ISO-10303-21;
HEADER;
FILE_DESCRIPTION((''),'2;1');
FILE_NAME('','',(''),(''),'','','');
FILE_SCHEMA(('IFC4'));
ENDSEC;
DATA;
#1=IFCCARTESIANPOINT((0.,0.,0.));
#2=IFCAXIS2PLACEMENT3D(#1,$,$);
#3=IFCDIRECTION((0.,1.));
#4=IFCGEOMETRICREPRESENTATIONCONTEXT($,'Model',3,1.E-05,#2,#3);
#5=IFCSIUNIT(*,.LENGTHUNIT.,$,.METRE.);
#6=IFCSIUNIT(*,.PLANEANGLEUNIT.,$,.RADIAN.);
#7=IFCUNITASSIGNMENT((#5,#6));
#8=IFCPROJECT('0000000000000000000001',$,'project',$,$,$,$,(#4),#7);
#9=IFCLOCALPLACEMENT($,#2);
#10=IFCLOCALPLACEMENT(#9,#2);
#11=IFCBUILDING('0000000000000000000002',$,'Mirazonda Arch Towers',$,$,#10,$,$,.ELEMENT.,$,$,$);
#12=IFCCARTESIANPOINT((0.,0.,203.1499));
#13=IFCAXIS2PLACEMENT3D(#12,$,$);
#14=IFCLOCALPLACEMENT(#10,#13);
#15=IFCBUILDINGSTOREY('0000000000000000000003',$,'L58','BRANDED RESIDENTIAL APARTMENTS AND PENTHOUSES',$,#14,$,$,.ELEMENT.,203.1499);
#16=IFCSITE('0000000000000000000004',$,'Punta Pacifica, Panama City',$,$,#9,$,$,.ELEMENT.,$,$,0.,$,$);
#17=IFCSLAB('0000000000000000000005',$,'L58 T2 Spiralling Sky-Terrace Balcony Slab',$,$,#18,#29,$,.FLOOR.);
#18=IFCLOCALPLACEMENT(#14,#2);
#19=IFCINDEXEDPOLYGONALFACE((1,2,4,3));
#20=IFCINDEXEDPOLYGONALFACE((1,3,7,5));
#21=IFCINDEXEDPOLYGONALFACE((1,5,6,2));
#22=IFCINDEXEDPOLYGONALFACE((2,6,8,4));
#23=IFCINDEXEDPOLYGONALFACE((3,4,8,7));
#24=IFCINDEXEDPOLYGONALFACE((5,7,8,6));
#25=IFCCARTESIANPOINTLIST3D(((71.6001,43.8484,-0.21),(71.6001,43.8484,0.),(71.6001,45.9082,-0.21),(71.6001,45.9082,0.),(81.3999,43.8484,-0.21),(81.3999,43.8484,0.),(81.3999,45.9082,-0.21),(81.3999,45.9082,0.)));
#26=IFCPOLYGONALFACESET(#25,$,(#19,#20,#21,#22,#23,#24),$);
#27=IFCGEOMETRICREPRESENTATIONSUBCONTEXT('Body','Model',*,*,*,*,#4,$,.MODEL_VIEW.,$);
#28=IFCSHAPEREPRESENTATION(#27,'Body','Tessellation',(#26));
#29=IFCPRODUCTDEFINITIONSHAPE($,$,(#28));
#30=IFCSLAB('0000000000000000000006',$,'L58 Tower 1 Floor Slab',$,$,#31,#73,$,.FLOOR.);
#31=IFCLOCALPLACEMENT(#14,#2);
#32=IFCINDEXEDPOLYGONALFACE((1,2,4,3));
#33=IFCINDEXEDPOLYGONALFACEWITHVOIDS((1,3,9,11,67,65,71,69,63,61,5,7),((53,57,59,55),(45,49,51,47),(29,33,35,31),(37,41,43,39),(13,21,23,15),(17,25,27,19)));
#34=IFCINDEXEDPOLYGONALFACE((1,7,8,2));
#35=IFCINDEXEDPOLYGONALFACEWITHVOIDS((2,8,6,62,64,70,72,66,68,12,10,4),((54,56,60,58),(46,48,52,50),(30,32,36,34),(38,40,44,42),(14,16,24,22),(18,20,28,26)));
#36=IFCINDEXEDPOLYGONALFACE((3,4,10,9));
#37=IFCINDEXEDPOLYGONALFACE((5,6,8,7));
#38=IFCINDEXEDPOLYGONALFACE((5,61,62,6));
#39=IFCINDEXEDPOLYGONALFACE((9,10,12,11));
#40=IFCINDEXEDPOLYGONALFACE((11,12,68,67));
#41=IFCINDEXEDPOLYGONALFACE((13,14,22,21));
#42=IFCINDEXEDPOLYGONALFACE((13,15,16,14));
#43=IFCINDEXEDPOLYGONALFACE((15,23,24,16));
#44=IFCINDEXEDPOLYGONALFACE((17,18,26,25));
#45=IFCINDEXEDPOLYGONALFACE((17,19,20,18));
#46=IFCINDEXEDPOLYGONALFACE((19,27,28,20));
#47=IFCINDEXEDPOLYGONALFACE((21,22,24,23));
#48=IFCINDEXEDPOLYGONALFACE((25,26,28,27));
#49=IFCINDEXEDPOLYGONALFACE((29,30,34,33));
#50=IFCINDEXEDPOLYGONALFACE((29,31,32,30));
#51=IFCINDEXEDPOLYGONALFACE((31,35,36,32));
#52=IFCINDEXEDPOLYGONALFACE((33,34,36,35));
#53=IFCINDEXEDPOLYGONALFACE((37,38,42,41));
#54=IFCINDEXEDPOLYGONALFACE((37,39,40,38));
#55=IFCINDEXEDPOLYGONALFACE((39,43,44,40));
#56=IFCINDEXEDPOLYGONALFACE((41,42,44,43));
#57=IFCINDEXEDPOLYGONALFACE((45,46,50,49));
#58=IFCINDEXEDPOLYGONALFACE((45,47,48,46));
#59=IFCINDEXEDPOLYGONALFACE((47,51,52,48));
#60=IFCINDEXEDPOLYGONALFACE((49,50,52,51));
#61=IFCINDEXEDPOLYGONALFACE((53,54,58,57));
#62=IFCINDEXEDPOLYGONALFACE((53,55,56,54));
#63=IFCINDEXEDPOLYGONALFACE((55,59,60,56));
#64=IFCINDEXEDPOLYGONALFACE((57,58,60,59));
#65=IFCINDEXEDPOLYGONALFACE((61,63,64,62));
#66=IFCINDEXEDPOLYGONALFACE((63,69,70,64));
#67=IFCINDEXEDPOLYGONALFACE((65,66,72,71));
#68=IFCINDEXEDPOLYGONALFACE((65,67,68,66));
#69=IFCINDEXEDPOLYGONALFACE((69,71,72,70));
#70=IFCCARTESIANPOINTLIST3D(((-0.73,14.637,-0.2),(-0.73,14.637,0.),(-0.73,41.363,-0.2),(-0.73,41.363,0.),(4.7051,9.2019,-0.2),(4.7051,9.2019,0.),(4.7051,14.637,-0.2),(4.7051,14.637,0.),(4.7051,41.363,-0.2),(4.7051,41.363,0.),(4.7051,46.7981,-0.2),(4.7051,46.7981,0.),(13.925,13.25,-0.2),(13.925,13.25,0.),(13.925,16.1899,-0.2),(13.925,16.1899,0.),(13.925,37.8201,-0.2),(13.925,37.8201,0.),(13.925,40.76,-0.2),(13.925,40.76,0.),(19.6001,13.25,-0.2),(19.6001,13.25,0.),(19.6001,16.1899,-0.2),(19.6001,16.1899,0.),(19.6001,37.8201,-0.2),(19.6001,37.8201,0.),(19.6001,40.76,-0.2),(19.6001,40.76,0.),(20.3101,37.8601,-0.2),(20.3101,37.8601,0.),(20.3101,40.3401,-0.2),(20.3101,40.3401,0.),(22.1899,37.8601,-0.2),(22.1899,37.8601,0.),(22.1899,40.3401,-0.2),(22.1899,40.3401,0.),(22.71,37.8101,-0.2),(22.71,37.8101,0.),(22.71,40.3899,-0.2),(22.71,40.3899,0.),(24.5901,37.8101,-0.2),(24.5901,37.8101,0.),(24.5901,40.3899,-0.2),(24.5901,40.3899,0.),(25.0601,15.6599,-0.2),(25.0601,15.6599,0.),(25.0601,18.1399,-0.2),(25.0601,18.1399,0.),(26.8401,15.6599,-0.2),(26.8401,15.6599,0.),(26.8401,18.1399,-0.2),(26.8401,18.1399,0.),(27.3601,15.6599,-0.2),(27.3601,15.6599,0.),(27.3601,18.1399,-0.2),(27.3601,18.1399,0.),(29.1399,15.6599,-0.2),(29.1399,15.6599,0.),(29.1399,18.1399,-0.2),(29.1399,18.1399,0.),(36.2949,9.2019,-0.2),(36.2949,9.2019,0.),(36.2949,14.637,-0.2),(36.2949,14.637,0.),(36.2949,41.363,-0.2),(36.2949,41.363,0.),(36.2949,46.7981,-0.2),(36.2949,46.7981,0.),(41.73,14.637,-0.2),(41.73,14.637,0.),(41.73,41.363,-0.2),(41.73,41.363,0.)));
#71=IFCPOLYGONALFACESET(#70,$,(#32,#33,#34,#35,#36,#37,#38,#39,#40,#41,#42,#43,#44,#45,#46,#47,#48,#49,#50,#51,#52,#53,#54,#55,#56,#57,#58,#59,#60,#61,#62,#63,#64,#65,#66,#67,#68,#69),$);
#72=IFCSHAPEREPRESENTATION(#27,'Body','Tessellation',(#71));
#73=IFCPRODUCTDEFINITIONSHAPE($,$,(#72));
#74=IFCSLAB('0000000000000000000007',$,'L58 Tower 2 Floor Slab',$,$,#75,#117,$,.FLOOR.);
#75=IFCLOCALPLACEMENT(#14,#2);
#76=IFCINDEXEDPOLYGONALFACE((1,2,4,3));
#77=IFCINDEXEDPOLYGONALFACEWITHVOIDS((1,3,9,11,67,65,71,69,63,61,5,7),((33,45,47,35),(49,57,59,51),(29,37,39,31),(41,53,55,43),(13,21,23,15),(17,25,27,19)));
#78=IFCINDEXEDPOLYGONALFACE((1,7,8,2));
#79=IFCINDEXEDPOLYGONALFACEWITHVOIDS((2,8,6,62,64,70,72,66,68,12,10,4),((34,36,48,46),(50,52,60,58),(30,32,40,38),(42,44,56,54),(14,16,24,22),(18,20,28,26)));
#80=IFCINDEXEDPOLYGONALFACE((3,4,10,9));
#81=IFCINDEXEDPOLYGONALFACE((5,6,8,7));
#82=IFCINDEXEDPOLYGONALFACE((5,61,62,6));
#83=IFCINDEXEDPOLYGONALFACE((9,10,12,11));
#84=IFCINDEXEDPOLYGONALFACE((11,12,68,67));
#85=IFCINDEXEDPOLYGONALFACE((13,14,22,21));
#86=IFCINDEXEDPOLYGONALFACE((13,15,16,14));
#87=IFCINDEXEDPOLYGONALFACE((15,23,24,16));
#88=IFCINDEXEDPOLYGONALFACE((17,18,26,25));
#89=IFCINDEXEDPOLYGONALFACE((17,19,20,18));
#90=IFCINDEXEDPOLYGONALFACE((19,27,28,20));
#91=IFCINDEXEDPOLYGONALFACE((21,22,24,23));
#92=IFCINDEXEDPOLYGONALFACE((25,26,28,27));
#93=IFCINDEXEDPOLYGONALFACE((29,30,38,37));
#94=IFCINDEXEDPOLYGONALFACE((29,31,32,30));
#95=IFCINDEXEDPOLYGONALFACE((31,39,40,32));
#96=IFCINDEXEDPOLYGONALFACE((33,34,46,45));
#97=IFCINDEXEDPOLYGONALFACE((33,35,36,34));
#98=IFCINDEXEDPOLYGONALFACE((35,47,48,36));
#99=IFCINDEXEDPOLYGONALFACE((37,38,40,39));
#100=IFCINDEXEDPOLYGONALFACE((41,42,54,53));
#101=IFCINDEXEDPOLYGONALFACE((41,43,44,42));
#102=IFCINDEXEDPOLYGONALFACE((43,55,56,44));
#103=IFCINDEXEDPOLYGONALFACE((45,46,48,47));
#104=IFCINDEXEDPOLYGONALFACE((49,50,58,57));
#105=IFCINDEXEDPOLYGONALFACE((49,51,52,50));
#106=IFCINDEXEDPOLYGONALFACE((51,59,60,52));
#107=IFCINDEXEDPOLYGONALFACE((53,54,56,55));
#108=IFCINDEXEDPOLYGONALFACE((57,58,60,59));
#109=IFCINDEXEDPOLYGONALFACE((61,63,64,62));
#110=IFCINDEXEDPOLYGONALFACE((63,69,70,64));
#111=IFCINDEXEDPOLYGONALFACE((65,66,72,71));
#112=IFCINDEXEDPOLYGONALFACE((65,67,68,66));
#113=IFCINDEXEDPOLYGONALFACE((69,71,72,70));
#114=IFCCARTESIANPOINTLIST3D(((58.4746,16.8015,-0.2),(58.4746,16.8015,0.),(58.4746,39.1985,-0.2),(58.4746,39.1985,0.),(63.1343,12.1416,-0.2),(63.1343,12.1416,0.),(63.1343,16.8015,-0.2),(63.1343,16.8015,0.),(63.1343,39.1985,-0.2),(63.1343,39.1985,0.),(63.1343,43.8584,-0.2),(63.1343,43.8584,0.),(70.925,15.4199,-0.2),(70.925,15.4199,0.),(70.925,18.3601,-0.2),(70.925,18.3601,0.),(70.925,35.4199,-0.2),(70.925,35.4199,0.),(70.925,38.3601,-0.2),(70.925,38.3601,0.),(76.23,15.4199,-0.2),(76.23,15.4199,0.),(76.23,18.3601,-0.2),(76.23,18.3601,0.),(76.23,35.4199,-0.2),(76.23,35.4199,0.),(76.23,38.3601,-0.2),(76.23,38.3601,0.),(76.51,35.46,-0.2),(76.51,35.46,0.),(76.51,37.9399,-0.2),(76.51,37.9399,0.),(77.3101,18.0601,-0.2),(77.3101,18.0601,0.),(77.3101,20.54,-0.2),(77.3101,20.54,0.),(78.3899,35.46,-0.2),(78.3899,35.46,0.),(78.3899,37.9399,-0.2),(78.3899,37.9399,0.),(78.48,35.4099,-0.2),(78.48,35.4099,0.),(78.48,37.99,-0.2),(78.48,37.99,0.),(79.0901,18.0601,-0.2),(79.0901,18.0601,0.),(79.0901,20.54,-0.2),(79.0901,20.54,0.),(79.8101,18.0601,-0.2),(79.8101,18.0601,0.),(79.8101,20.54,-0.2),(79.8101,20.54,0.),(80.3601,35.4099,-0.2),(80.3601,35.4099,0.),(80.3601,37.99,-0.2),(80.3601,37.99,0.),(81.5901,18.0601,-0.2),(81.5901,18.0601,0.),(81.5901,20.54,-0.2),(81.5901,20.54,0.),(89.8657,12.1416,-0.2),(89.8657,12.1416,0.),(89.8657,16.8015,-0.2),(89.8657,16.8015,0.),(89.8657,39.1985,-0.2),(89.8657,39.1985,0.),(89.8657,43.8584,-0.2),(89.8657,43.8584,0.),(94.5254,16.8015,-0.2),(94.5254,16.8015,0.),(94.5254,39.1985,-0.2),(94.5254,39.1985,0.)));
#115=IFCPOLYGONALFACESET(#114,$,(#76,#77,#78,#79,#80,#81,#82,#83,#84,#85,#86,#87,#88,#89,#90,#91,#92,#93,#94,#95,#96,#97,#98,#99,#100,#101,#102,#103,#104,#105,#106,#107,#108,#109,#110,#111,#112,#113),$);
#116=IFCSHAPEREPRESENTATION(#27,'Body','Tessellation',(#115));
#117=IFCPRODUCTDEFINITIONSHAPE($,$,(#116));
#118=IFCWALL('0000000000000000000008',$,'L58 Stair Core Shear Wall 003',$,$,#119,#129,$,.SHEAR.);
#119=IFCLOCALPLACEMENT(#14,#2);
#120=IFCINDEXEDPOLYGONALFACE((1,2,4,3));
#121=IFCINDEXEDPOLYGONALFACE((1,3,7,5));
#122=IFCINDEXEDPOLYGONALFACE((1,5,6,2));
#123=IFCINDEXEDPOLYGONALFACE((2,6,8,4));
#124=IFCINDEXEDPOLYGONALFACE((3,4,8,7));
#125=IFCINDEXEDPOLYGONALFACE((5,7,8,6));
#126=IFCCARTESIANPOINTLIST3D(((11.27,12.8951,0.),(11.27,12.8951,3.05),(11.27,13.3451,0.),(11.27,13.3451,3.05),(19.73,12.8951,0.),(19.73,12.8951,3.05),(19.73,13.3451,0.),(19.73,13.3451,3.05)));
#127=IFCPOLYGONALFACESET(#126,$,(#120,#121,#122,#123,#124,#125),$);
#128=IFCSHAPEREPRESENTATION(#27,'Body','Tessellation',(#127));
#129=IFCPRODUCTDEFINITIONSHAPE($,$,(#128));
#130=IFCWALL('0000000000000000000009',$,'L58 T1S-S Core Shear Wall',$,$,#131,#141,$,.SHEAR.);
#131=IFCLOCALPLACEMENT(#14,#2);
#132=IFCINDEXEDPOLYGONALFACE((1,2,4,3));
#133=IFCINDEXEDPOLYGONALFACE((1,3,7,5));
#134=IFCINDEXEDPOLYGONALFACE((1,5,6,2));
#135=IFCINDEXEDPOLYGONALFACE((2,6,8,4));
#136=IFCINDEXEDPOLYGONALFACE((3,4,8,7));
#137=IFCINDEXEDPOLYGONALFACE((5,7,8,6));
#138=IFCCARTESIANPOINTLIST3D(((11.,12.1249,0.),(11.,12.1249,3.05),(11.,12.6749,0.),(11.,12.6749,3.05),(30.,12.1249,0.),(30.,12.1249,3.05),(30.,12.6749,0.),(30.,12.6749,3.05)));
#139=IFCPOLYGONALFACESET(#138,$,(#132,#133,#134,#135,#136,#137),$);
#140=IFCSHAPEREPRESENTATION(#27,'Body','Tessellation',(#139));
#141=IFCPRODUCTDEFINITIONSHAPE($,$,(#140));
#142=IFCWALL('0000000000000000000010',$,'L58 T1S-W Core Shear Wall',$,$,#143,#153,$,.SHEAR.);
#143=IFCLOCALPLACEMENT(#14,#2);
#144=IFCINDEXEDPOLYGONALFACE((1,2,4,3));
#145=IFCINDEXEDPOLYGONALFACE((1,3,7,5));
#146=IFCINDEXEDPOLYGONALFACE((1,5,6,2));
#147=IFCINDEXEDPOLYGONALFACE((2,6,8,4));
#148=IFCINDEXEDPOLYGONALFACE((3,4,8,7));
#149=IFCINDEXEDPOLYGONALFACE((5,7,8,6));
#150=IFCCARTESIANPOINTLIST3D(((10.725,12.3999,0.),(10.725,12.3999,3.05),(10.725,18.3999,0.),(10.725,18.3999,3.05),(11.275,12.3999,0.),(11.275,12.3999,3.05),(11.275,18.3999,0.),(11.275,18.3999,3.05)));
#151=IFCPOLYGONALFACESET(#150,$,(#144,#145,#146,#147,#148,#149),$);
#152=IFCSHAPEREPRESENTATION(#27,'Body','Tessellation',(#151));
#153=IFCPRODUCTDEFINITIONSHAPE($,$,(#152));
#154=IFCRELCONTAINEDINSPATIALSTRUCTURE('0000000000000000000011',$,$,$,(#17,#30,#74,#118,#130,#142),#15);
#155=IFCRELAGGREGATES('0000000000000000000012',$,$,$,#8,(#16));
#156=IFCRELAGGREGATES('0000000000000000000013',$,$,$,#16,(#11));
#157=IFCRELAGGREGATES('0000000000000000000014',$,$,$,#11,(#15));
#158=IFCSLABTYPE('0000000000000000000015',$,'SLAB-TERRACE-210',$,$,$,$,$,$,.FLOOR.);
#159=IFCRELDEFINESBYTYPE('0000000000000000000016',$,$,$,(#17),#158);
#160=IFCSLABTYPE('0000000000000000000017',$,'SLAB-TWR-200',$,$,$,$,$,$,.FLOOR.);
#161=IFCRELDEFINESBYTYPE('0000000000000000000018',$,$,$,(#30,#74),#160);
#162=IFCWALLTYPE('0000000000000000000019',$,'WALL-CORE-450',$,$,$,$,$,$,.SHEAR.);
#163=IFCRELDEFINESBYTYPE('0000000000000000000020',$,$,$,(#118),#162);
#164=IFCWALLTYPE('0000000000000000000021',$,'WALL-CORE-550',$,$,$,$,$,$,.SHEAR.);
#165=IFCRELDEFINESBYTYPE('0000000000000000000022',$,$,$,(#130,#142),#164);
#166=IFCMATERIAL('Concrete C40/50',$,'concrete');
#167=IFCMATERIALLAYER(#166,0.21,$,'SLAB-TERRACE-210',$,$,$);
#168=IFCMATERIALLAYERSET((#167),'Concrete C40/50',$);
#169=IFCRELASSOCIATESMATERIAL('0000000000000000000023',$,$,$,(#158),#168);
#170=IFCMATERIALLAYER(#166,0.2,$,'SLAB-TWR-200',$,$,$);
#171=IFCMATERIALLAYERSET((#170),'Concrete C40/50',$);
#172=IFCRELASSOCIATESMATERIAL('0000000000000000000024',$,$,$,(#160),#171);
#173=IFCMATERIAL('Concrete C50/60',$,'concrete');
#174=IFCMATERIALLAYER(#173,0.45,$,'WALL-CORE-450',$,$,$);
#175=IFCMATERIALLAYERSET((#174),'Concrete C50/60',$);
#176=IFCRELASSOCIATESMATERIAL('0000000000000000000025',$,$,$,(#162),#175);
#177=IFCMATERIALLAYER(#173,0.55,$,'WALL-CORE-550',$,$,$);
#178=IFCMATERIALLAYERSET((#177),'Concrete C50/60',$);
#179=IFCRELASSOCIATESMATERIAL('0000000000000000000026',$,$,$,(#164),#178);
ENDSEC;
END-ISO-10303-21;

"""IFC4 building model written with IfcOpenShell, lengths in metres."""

from ifc_helpers import new_model, si_unit, direction, frame, frame_2d, origin, place, context, subcontext, project, spatial, polyline, rectangle, outline, extrude, material, layer, layer_set, type_object, element, save


model = new_model("IFC4")

# Units and contexts
model_context = context("Model", 3, precision=1e-05, world=origin(), true_north=direction((0.0, 1.0)))
body_context = subcontext(model_context, "Body", "Model", "MODEL_VIEW")
ifc_project = project(units=[si_unit("LENGTHUNIT", "METRE"), si_unit("PLANEANGLEUNIT", "RADIAN")], contexts=[model_context])

# Site, building, storey
site_placement = place(None, origin())
site = spatial("IfcSite", under=ifc_project, at=site_placement, Name="Punta Pacifica, Panama City", CompositionType="ELEMENT", RefElevation=0.0)
building_placement = place(site_placement, origin())
building = spatial("IfcBuilding", under=site, at=building_placement, Name="Mirazonda Arch Towers", CompositionType="ELEMENT")
storey_placement = place(building_placement, frame((0.0, 0.0, 203.1499)))
storey = spatial("IfcBuildingStorey", under=building, at=storey_placement, Name="L58", Description="BRANDED RESIDENTIAL APARTMENTS AND PENTHOUSES", CompositionType="ELEMENT", Elevation=203.1499)

# Shared definitions
ifc_material_1 = material(Name="Concrete C50/60", Category="concrete")

# Shared definitions
ifc_material_2 = material(Name="Concrete C40/50", Category="concrete")

# Slabs
ifc_layer_1 = layer(ifc_material_2, 0.21, Name="SLAB-TERRACE-210")
ifc_layer_set_1 = layer_set([ifc_layer_1], Name="Concrete C40/50")
slab_type_1 = type_object("IfcSlabType", Name="SLAB-TERRACE-210", PredefinedType="FLOOR", material=ifc_layer_set_1)
slab_1_placement = place(storey_placement, frame((0.0, 0.0, -0.21)))
element("IfcSlab", 1, at=slab_1_placement, inside=storey, type_object=slab_type_1, Name="L58 T2 Spiralling Sky-Terrace Balcony Slab", PredefinedType="FLOOR", context=body_context, shape_type="SweptSolid", body=[
    extrude(outline(polyline([(71.6001, 43.8484), (81.3999, 43.8484), (81.3999, 45.9082), (71.6001, 45.9082), (71.6001, 43.8484)])), origin(), (0.0, 0.0, 1.0), 0.21),
])
ifc_layer_2 = layer(ifc_material_2, 0.2, Name="SLAB-TWR-200")
ifc_layer_set_2 = layer_set([ifc_layer_2], Name="Concrete C40/50")
slab_type_2 = type_object("IfcSlabType", Name="SLAB-TWR-200", PredefinedType="FLOOR", material=ifc_layer_set_2)
slab_2_placement = place(storey_placement, frame((0.0, 0.0, -0.2)))
element("IfcSlab", 2, at=slab_2_placement, inside=storey, type_object=slab_type_2, Name="L58 Tower 1 Floor Slab", PredefinedType="FLOOR", context=body_context, shape_type="SweptSolid", body=[
    extrude(outline(polyline([(4.7051, 9.2019), (36.2949, 9.2019), (36.2949, 14.637), (41.73, 14.637), (41.73, 41.363), (36.2949, 41.363), (36.2949, 46.7981), (4.7051, 46.7981), (4.7051, 41.363), (-0.73, 41.363), (-0.73, 14.637), (4.7051, 14.637), (4.7051, 9.2019)]), holes=[polyline([(27.3601, 18.1399), (29.1399, 18.1399), (29.1399, 15.6599), (27.3601, 15.6599), (27.3601, 18.1399)]), polyline([(25.0601, 18.1399), (26.8401, 18.1399), (26.8401, 15.6599), (25.0601, 15.6599), (25.0601, 18.1399)]), polyline([(22.71, 40.3899), (24.5901, 40.3899), (24.5901, 37.8101), (22.71, 37.8101), (22.71, 40.3899)]), polyline([(20.3101, 37.8601), (20.3101, 40.3401), (22.1899, 40.3401), (22.1899, 37.8601), (20.3101, 37.8601)]), polyline([(19.6001, 13.25), (13.925, 13.25), (13.925, 16.1899), (19.6001, 16.1899), (19.6001, 13.25)]), polyline([(13.925, 37.8201), (13.925, 40.76), (19.6001, 40.76), (19.6001, 37.8201), (13.925, 37.8201)])]), origin(), (0.0, 0.0, 1.0), 0.2),
])
slab_3_placement = place(storey_placement, frame((0.0, 0.0, -0.2)))
element("IfcSlab", 3, at=slab_3_placement, inside=storey, type_object=slab_type_2, Name="L58 Tower 2 Floor Slab", PredefinedType="FLOOR", context=body_context, shape_type="SweptSolid", body=[
    extrude(outline(polyline([(63.1343, 12.1416), (89.8657, 12.1416), (89.8657, 16.8015), (94.5254, 16.8015), (94.5254, 39.1985), (89.8657, 39.1985), (89.8657, 43.8584), (63.1343, 43.8584), (63.1343, 39.1985), (58.4746, 39.1985), (58.4746, 16.8015), (63.1343, 16.8015), (63.1343, 12.1416)]), holes=[polyline([(79.8101, 20.54), (81.5901, 20.54), (81.5901, 18.0601), (79.8101, 18.0601), (79.8101, 20.54)]), polyline([(78.48, 37.99), (80.3601, 37.99), (80.3601, 35.4099), (78.48, 35.4099), (78.48, 37.99)]), polyline([(77.3101, 20.54), (79.0901, 20.54), (79.0901, 18.0601), (77.3101, 18.0601), (77.3101, 20.54)]), polyline([(76.51, 35.46), (76.51, 37.9399), (78.3899, 37.9399), (78.3899, 35.46), (76.51, 35.46)]), polyline([(76.23, 15.4199), (70.925, 15.4199), (70.925, 18.3601), (76.23, 18.3601), (76.23, 15.4199)]), polyline([(70.925, 35.4199), (70.925, 38.3601), (76.23, 38.3601), (76.23, 35.4199), (70.925, 35.4199)])]), origin(), (0.0, 0.0, 1.0), 0.2),
])

# Walls
ifc_layer_3 = layer(ifc_material_1, 0.45, Name="WALL-CORE-450")
ifc_layer_set_3 = layer_set([ifc_layer_3], Name="Concrete C50/60")
wall_type_1 = type_object("IfcWallType", Name="WALL-CORE-450", PredefinedType="SHEAR", material=ifc_layer_set_3)
wall_1_placement = place(storey_placement, frame((11.27, 13.1201, 0.0), z_axis=(0.0, 0.0, 1.0), x_axis=(1.0, 0.0, 0.0)))
element("IfcWall", 4, at=wall_1_placement, inside=storey, type_object=wall_type_1, Name="L58 Stair Core Shear Wall 003", PredefinedType="SHEAR", context=body_context, shape_type="SweptSolid", body=[
    extrude(rectangle(XDim=8.46, YDim=0.45, at=frame_2d((4.23, 0.0))), origin(), (0.0, 0.0, 1.0), 3.05),
])
ifc_layer_4 = layer(ifc_material_1, 0.55, Name="WALL-CORE-550")
ifc_layer_set_4 = layer_set([ifc_layer_4], Name="Concrete C50/60")
wall_type_2 = type_object("IfcWallType", Name="WALL-CORE-550", PredefinedType="SHEAR", material=ifc_layer_set_4)
wall_2_placement = place(storey_placement, frame((11.0, 12.3999, 0.0), z_axis=(0.0, 0.0, 1.0), x_axis=(1.0, 0.0, 0.0)))
element("IfcWall", 5, at=wall_2_placement, inside=storey, type_object=wall_type_2, Name="L58 T1S-S Core Shear Wall", PredefinedType="SHEAR", context=body_context, shape_type="SweptSolid", body=[
    extrude(rectangle(XDim=19.0, YDim=0.55, at=frame_2d((9.5, 0.0))), origin(), (0.0, 0.0, 1.0), 3.05),
])
wall_3_placement = place(storey_placement, frame((11.0, 12.3999, 0.0), z_axis=(0.0, 0.0, 1.0), x_axis=(0.0, 1.0, 0.0)))
element("IfcWall", 6, at=wall_3_placement, inside=storey, type_object=wall_type_2, Name="L58 T1S-W Core Shear Wall", PredefinedType="SHEAR", context=body_context, shape_type="SweptSolid", body=[
    extrude(rectangle(XDim=6.0, YDim=0.55, at=frame_2d((3.0, 0.0))), origin(), (0.0, 0.0, 1.0), 3.05),
])

save(model, "model.ifc")
